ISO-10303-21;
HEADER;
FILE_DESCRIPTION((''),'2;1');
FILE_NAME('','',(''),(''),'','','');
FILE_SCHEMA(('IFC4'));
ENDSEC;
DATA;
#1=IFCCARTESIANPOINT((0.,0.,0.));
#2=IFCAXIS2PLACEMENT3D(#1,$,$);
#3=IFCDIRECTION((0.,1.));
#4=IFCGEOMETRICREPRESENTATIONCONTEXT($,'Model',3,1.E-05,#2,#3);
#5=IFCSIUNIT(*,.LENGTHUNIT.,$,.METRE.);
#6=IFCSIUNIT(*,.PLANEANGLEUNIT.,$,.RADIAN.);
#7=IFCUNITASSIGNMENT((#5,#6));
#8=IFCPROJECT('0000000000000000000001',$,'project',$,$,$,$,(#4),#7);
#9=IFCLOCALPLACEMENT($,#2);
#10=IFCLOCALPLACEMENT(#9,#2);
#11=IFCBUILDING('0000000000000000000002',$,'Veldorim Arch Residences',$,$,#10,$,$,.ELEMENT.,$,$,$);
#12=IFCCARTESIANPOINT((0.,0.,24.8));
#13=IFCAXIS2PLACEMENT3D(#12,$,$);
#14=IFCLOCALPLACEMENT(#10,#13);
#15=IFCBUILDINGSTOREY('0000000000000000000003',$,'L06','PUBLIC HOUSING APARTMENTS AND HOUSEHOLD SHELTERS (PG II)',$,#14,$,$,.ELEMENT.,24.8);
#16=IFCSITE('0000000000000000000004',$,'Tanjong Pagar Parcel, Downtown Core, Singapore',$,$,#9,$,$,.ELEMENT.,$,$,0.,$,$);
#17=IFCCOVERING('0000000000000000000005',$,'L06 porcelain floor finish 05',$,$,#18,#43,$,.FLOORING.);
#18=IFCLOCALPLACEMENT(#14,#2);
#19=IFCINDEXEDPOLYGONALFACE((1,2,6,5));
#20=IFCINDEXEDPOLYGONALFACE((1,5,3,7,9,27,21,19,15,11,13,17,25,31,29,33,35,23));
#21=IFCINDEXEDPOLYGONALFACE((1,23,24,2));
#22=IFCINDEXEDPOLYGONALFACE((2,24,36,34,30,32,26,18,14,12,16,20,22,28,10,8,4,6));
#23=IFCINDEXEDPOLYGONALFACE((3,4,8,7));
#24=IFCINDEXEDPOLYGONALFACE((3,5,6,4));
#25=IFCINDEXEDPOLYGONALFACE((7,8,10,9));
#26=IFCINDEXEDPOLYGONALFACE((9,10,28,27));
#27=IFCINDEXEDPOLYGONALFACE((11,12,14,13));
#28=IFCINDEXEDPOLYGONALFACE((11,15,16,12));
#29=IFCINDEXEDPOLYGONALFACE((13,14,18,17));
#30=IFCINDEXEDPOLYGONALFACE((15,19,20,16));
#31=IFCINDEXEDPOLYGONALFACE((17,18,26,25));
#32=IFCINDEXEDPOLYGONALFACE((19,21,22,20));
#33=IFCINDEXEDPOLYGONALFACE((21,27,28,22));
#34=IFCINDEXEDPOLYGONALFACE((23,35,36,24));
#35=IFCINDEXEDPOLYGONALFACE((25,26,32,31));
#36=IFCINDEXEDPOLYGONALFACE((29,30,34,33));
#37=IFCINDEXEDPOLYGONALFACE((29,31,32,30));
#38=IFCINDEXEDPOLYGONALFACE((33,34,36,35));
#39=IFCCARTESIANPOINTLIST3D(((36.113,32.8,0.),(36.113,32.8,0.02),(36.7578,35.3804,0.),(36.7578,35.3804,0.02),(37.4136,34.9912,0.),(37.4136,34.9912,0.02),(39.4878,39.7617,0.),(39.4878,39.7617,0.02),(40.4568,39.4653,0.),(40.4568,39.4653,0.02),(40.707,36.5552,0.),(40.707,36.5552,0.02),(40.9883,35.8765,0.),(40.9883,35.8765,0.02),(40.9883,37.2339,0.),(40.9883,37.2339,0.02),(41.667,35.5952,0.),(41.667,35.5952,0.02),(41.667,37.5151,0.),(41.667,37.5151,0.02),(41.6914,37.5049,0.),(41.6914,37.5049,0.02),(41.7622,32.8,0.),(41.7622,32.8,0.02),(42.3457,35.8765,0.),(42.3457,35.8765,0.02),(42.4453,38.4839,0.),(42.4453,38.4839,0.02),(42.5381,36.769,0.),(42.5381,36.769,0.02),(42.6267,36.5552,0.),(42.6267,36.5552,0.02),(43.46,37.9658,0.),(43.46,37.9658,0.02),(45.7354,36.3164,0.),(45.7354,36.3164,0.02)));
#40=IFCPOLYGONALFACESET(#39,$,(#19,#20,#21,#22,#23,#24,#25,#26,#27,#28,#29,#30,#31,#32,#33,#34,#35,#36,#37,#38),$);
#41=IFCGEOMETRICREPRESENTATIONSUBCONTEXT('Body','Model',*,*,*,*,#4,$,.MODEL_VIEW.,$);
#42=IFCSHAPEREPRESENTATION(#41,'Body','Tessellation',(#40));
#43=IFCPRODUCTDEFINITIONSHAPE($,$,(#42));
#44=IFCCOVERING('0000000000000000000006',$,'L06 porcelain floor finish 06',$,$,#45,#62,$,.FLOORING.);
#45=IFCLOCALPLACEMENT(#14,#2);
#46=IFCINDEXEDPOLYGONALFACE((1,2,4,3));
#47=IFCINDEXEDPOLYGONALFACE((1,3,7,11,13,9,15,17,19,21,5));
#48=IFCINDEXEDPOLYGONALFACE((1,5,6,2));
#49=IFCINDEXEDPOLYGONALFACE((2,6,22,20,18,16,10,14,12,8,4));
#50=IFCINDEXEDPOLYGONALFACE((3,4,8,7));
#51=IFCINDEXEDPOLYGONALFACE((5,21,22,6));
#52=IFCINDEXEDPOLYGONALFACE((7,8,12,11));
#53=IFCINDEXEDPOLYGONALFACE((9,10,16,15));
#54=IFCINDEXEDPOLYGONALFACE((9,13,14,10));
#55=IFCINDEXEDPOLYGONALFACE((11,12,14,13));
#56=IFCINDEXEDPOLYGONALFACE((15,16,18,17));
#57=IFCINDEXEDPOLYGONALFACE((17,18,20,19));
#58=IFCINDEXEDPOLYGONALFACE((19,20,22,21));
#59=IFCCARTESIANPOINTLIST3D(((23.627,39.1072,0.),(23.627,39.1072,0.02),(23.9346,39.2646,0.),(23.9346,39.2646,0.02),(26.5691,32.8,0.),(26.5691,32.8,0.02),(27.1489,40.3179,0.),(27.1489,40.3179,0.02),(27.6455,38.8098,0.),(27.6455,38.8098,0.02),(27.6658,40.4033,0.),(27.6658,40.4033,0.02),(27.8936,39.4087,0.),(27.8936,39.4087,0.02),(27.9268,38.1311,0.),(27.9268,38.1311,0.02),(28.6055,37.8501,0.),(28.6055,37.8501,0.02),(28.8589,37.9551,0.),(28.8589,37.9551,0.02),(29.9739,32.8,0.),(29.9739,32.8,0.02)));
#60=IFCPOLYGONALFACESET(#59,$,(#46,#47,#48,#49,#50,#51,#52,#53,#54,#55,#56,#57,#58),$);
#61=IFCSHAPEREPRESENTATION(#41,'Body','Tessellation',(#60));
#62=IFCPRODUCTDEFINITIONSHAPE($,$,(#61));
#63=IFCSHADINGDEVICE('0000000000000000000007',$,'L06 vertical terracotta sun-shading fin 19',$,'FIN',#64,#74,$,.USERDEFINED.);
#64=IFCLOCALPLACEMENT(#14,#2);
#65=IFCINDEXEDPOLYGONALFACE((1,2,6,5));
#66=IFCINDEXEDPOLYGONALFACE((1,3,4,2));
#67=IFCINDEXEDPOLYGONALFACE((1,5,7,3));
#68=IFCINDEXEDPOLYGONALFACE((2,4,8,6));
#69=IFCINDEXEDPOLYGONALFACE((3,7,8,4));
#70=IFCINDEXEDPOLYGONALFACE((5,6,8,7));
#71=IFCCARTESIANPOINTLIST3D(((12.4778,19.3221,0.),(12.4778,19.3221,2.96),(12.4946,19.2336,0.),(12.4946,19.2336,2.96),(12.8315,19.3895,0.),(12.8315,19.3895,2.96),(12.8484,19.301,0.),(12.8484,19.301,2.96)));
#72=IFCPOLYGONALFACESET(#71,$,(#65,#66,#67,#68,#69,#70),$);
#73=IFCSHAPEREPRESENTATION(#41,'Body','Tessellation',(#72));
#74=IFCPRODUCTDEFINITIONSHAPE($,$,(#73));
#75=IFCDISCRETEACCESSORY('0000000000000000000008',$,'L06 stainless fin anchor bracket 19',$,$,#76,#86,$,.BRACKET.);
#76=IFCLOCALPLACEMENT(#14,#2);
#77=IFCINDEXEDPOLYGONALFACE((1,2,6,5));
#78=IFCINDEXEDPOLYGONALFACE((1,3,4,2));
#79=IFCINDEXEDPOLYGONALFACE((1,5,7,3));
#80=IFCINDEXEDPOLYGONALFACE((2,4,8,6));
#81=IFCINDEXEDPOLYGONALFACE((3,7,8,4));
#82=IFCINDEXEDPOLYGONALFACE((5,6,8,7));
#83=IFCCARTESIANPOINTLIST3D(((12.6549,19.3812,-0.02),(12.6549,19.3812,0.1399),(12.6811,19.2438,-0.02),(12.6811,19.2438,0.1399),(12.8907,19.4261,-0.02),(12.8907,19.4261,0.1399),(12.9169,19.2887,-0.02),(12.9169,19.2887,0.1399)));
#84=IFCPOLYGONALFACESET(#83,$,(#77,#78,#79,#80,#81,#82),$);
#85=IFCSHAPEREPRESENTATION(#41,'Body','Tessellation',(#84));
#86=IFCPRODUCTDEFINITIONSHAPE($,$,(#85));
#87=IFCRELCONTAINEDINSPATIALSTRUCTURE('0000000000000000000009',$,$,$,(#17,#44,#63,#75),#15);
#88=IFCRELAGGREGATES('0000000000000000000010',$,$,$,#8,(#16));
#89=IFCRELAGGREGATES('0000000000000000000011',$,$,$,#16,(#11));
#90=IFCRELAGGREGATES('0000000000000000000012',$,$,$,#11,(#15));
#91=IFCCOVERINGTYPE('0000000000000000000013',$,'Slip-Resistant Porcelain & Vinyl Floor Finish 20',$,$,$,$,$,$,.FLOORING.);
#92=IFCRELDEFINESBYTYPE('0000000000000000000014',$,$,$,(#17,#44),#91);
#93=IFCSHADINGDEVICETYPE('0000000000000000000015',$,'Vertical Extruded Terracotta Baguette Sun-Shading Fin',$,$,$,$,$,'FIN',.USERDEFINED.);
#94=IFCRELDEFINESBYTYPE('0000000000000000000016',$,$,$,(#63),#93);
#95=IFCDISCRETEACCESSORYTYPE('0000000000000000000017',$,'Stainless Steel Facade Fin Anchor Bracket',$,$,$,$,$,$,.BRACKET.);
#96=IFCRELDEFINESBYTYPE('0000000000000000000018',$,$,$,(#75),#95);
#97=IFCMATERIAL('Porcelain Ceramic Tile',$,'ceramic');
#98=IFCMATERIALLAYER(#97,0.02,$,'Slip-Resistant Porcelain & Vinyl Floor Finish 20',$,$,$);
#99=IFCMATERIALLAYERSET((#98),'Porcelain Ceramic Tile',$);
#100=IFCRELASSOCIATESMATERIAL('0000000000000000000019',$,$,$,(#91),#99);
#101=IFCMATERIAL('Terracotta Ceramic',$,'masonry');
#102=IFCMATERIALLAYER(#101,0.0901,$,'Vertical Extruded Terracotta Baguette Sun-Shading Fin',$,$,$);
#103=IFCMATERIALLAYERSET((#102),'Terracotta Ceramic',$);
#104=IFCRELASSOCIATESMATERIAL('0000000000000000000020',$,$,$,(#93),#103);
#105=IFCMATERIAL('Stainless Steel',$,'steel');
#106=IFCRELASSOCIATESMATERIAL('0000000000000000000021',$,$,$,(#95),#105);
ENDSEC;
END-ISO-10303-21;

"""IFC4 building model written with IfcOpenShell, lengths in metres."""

from ifc_helpers import new_model, si_unit, direction, frame, origin, origin_2d, place, context, subcontext, project, spatial, polyline, rectangle, outline, extrude, material, layer, layer_set, type_object, element, save


model = new_model("IFC4")

# Units and contexts
model_context = context("Model", 3, precision=1e-05, world=origin(), true_north=direction((0.0, 1.0)))
body_context = subcontext(model_context, "Body", "Model", "MODEL_VIEW")
ifc_project = project(units=[si_unit("LENGTHUNIT", "METRE"), si_unit("PLANEANGLEUNIT", "RADIAN")], contexts=[model_context])

# Site, building, storey
site_placement = place(None, origin())
site = spatial("IfcSite", under=ifc_project, at=site_placement, Name="Tanjong Pagar Parcel, Downtown Core, Singapore", CompositionType="ELEMENT", RefElevation=0.0)
building_placement = place(site_placement, origin())
building = spatial("IfcBuilding", under=site, at=building_placement, Name="Veldorim Arch Residences", CompositionType="ELEMENT")
storey_placement = place(building_placement, frame((0.0, 0.0, 24.8)))
storey = spatial("IfcBuildingStorey", under=building, at=storey_placement, Name="L06", Description="PUBLIC HOUSING APARTMENTS AND HOUSEHOLD SHELTERS (PG II)", CompositionType="ELEMENT", Elevation=24.8)

# Coverings
ifc_material_1 = material(Name="Porcelain Ceramic Tile", Category="ceramic")
ifc_layer_1 = layer(ifc_material_1, 0.02, Name="Slip-Resistant Porcelain & Vinyl Floor Finish 20")
ifc_layer_set_1 = layer_set([ifc_layer_1], Name="Porcelain Ceramic Tile")
covering_type_1 = type_object("IfcCoveringType", Name="Slip-Resistant Porcelain & Vinyl Floor Finish 20", PredefinedType="FLOORING", material=ifc_layer_set_1)
covering_1_placement = place(storey_placement, origin())
element("IfcCovering", 1, at=covering_1_placement, inside=storey, type_object=covering_type_1, Name="L06 porcelain floor finish 05", PredefinedType="FLOORING", context=body_context, shape_type="SweptSolid", body=[
    extrude(outline(polyline([(41.667, 37.5151), (40.9883, 37.2339), (40.707, 36.5552), (40.9883, 35.8765), (41.667, 35.5952), (42.3457, 35.8765), (42.6267, 36.5552), (42.5381, 36.769), (43.46, 37.9658), (45.7354, 36.3164), (41.7622, 32.8), (36.113, 32.8), (37.4136, 34.9912), (36.7578, 35.3804), (39.4878, 39.7617), (40.4568, 39.4653), (42.4453, 38.4839), (41.6914, 37.5049), (41.667, 37.5151)])), origin(), (0.0, 0.0, 1.0), 0.02),
])
covering_2_placement = place(storey_placement, origin())
element("IfcCovering", 2, at=covering_2_placement, inside=storey, type_object=covering_type_1, Name="L06 porcelain floor finish 06", PredefinedType="FLOORING", context=body_context, shape_type="SweptSolid", body=[
    extrude(outline(polyline([(27.6658, 40.4033), (27.8936, 39.4087), (27.6455, 38.8098), (27.9268, 38.1311), (28.6055, 37.8501), (28.8589, 37.9551), (29.9739, 32.8), (26.5691, 32.8), (23.627, 39.1072), (23.9346, 39.2646), (27.1489, 40.3179), (27.6658, 40.4033)])), origin(), (0.0, 0.0, 1.0), 0.02),
])

# Shading device
ifc_material_2 = material(Name="Terracotta Ceramic", Category="masonry")
ifc_layer_2 = layer(ifc_material_2, 0.0901, Name="Vertical Extruded Terracotta Baguette Sun-Shading Fin")
ifc_layer_set_2 = layer_set([ifc_layer_2], Name="Terracotta Ceramic")
shading_device_type = type_object("IfcShadingDeviceType", Name="Vertical Extruded Terracotta Baguette Sun-Shading Fin", ElementType="FIN", PredefinedType="USERDEFINED", material=ifc_layer_set_2)
shading_device_placement = place(storey_placement, frame((12.6631, 19.3115, 0.0), z_axis=(0.0, 0.0, 1.0), x_axis=(-0.18721, 0.98232, 0.0)))
element("IfcShadingDevice", 3, at=shading_device_placement, inside=storey, type_object=shading_device_type, Name="L06 vertical terracotta sun-shading fin 19", ObjectType="FIN", PredefinedType="USERDEFINED", context=body_context, shape_type="SweptSolid", body=[
    extrude(rectangle(XDim=0.0901, YDim=0.3601, at=origin_2d()), origin(), (0.0, 0.0, 1.0), 2.96),
])

# Discrete accessory
ifc_material_3 = material(Name="Stainless Steel", Category="steel")
discrete_accessory_type = type_object("IfcDiscreteAccessoryType", Name="Stainless Steel Facade Fin Anchor Bracket", PredefinedType="BRACKET", material=ifc_material_3)
discrete_accessory_placement = place(storey_placement, frame((12.7859, 19.335, -0.02), z_axis=(0.0, 0.0, 1.0), x_axis=(-0.18721, 0.98232, 0.0)))
element("IfcDiscreteAccessory", 4, at=discrete_accessory_placement, inside=storey, type_object=discrete_accessory_type, Name="L06 stainless fin anchor bracket 19", PredefinedType="BRACKET", context=body_context, shape_type="SweptSolid", body=[
    extrude(rectangle(XDim=0.1399, YDim=0.24, at=origin_2d()), origin(), (0.0, 0.0, 1.0), 0.1599),
])

save(model, "model.ifc")
